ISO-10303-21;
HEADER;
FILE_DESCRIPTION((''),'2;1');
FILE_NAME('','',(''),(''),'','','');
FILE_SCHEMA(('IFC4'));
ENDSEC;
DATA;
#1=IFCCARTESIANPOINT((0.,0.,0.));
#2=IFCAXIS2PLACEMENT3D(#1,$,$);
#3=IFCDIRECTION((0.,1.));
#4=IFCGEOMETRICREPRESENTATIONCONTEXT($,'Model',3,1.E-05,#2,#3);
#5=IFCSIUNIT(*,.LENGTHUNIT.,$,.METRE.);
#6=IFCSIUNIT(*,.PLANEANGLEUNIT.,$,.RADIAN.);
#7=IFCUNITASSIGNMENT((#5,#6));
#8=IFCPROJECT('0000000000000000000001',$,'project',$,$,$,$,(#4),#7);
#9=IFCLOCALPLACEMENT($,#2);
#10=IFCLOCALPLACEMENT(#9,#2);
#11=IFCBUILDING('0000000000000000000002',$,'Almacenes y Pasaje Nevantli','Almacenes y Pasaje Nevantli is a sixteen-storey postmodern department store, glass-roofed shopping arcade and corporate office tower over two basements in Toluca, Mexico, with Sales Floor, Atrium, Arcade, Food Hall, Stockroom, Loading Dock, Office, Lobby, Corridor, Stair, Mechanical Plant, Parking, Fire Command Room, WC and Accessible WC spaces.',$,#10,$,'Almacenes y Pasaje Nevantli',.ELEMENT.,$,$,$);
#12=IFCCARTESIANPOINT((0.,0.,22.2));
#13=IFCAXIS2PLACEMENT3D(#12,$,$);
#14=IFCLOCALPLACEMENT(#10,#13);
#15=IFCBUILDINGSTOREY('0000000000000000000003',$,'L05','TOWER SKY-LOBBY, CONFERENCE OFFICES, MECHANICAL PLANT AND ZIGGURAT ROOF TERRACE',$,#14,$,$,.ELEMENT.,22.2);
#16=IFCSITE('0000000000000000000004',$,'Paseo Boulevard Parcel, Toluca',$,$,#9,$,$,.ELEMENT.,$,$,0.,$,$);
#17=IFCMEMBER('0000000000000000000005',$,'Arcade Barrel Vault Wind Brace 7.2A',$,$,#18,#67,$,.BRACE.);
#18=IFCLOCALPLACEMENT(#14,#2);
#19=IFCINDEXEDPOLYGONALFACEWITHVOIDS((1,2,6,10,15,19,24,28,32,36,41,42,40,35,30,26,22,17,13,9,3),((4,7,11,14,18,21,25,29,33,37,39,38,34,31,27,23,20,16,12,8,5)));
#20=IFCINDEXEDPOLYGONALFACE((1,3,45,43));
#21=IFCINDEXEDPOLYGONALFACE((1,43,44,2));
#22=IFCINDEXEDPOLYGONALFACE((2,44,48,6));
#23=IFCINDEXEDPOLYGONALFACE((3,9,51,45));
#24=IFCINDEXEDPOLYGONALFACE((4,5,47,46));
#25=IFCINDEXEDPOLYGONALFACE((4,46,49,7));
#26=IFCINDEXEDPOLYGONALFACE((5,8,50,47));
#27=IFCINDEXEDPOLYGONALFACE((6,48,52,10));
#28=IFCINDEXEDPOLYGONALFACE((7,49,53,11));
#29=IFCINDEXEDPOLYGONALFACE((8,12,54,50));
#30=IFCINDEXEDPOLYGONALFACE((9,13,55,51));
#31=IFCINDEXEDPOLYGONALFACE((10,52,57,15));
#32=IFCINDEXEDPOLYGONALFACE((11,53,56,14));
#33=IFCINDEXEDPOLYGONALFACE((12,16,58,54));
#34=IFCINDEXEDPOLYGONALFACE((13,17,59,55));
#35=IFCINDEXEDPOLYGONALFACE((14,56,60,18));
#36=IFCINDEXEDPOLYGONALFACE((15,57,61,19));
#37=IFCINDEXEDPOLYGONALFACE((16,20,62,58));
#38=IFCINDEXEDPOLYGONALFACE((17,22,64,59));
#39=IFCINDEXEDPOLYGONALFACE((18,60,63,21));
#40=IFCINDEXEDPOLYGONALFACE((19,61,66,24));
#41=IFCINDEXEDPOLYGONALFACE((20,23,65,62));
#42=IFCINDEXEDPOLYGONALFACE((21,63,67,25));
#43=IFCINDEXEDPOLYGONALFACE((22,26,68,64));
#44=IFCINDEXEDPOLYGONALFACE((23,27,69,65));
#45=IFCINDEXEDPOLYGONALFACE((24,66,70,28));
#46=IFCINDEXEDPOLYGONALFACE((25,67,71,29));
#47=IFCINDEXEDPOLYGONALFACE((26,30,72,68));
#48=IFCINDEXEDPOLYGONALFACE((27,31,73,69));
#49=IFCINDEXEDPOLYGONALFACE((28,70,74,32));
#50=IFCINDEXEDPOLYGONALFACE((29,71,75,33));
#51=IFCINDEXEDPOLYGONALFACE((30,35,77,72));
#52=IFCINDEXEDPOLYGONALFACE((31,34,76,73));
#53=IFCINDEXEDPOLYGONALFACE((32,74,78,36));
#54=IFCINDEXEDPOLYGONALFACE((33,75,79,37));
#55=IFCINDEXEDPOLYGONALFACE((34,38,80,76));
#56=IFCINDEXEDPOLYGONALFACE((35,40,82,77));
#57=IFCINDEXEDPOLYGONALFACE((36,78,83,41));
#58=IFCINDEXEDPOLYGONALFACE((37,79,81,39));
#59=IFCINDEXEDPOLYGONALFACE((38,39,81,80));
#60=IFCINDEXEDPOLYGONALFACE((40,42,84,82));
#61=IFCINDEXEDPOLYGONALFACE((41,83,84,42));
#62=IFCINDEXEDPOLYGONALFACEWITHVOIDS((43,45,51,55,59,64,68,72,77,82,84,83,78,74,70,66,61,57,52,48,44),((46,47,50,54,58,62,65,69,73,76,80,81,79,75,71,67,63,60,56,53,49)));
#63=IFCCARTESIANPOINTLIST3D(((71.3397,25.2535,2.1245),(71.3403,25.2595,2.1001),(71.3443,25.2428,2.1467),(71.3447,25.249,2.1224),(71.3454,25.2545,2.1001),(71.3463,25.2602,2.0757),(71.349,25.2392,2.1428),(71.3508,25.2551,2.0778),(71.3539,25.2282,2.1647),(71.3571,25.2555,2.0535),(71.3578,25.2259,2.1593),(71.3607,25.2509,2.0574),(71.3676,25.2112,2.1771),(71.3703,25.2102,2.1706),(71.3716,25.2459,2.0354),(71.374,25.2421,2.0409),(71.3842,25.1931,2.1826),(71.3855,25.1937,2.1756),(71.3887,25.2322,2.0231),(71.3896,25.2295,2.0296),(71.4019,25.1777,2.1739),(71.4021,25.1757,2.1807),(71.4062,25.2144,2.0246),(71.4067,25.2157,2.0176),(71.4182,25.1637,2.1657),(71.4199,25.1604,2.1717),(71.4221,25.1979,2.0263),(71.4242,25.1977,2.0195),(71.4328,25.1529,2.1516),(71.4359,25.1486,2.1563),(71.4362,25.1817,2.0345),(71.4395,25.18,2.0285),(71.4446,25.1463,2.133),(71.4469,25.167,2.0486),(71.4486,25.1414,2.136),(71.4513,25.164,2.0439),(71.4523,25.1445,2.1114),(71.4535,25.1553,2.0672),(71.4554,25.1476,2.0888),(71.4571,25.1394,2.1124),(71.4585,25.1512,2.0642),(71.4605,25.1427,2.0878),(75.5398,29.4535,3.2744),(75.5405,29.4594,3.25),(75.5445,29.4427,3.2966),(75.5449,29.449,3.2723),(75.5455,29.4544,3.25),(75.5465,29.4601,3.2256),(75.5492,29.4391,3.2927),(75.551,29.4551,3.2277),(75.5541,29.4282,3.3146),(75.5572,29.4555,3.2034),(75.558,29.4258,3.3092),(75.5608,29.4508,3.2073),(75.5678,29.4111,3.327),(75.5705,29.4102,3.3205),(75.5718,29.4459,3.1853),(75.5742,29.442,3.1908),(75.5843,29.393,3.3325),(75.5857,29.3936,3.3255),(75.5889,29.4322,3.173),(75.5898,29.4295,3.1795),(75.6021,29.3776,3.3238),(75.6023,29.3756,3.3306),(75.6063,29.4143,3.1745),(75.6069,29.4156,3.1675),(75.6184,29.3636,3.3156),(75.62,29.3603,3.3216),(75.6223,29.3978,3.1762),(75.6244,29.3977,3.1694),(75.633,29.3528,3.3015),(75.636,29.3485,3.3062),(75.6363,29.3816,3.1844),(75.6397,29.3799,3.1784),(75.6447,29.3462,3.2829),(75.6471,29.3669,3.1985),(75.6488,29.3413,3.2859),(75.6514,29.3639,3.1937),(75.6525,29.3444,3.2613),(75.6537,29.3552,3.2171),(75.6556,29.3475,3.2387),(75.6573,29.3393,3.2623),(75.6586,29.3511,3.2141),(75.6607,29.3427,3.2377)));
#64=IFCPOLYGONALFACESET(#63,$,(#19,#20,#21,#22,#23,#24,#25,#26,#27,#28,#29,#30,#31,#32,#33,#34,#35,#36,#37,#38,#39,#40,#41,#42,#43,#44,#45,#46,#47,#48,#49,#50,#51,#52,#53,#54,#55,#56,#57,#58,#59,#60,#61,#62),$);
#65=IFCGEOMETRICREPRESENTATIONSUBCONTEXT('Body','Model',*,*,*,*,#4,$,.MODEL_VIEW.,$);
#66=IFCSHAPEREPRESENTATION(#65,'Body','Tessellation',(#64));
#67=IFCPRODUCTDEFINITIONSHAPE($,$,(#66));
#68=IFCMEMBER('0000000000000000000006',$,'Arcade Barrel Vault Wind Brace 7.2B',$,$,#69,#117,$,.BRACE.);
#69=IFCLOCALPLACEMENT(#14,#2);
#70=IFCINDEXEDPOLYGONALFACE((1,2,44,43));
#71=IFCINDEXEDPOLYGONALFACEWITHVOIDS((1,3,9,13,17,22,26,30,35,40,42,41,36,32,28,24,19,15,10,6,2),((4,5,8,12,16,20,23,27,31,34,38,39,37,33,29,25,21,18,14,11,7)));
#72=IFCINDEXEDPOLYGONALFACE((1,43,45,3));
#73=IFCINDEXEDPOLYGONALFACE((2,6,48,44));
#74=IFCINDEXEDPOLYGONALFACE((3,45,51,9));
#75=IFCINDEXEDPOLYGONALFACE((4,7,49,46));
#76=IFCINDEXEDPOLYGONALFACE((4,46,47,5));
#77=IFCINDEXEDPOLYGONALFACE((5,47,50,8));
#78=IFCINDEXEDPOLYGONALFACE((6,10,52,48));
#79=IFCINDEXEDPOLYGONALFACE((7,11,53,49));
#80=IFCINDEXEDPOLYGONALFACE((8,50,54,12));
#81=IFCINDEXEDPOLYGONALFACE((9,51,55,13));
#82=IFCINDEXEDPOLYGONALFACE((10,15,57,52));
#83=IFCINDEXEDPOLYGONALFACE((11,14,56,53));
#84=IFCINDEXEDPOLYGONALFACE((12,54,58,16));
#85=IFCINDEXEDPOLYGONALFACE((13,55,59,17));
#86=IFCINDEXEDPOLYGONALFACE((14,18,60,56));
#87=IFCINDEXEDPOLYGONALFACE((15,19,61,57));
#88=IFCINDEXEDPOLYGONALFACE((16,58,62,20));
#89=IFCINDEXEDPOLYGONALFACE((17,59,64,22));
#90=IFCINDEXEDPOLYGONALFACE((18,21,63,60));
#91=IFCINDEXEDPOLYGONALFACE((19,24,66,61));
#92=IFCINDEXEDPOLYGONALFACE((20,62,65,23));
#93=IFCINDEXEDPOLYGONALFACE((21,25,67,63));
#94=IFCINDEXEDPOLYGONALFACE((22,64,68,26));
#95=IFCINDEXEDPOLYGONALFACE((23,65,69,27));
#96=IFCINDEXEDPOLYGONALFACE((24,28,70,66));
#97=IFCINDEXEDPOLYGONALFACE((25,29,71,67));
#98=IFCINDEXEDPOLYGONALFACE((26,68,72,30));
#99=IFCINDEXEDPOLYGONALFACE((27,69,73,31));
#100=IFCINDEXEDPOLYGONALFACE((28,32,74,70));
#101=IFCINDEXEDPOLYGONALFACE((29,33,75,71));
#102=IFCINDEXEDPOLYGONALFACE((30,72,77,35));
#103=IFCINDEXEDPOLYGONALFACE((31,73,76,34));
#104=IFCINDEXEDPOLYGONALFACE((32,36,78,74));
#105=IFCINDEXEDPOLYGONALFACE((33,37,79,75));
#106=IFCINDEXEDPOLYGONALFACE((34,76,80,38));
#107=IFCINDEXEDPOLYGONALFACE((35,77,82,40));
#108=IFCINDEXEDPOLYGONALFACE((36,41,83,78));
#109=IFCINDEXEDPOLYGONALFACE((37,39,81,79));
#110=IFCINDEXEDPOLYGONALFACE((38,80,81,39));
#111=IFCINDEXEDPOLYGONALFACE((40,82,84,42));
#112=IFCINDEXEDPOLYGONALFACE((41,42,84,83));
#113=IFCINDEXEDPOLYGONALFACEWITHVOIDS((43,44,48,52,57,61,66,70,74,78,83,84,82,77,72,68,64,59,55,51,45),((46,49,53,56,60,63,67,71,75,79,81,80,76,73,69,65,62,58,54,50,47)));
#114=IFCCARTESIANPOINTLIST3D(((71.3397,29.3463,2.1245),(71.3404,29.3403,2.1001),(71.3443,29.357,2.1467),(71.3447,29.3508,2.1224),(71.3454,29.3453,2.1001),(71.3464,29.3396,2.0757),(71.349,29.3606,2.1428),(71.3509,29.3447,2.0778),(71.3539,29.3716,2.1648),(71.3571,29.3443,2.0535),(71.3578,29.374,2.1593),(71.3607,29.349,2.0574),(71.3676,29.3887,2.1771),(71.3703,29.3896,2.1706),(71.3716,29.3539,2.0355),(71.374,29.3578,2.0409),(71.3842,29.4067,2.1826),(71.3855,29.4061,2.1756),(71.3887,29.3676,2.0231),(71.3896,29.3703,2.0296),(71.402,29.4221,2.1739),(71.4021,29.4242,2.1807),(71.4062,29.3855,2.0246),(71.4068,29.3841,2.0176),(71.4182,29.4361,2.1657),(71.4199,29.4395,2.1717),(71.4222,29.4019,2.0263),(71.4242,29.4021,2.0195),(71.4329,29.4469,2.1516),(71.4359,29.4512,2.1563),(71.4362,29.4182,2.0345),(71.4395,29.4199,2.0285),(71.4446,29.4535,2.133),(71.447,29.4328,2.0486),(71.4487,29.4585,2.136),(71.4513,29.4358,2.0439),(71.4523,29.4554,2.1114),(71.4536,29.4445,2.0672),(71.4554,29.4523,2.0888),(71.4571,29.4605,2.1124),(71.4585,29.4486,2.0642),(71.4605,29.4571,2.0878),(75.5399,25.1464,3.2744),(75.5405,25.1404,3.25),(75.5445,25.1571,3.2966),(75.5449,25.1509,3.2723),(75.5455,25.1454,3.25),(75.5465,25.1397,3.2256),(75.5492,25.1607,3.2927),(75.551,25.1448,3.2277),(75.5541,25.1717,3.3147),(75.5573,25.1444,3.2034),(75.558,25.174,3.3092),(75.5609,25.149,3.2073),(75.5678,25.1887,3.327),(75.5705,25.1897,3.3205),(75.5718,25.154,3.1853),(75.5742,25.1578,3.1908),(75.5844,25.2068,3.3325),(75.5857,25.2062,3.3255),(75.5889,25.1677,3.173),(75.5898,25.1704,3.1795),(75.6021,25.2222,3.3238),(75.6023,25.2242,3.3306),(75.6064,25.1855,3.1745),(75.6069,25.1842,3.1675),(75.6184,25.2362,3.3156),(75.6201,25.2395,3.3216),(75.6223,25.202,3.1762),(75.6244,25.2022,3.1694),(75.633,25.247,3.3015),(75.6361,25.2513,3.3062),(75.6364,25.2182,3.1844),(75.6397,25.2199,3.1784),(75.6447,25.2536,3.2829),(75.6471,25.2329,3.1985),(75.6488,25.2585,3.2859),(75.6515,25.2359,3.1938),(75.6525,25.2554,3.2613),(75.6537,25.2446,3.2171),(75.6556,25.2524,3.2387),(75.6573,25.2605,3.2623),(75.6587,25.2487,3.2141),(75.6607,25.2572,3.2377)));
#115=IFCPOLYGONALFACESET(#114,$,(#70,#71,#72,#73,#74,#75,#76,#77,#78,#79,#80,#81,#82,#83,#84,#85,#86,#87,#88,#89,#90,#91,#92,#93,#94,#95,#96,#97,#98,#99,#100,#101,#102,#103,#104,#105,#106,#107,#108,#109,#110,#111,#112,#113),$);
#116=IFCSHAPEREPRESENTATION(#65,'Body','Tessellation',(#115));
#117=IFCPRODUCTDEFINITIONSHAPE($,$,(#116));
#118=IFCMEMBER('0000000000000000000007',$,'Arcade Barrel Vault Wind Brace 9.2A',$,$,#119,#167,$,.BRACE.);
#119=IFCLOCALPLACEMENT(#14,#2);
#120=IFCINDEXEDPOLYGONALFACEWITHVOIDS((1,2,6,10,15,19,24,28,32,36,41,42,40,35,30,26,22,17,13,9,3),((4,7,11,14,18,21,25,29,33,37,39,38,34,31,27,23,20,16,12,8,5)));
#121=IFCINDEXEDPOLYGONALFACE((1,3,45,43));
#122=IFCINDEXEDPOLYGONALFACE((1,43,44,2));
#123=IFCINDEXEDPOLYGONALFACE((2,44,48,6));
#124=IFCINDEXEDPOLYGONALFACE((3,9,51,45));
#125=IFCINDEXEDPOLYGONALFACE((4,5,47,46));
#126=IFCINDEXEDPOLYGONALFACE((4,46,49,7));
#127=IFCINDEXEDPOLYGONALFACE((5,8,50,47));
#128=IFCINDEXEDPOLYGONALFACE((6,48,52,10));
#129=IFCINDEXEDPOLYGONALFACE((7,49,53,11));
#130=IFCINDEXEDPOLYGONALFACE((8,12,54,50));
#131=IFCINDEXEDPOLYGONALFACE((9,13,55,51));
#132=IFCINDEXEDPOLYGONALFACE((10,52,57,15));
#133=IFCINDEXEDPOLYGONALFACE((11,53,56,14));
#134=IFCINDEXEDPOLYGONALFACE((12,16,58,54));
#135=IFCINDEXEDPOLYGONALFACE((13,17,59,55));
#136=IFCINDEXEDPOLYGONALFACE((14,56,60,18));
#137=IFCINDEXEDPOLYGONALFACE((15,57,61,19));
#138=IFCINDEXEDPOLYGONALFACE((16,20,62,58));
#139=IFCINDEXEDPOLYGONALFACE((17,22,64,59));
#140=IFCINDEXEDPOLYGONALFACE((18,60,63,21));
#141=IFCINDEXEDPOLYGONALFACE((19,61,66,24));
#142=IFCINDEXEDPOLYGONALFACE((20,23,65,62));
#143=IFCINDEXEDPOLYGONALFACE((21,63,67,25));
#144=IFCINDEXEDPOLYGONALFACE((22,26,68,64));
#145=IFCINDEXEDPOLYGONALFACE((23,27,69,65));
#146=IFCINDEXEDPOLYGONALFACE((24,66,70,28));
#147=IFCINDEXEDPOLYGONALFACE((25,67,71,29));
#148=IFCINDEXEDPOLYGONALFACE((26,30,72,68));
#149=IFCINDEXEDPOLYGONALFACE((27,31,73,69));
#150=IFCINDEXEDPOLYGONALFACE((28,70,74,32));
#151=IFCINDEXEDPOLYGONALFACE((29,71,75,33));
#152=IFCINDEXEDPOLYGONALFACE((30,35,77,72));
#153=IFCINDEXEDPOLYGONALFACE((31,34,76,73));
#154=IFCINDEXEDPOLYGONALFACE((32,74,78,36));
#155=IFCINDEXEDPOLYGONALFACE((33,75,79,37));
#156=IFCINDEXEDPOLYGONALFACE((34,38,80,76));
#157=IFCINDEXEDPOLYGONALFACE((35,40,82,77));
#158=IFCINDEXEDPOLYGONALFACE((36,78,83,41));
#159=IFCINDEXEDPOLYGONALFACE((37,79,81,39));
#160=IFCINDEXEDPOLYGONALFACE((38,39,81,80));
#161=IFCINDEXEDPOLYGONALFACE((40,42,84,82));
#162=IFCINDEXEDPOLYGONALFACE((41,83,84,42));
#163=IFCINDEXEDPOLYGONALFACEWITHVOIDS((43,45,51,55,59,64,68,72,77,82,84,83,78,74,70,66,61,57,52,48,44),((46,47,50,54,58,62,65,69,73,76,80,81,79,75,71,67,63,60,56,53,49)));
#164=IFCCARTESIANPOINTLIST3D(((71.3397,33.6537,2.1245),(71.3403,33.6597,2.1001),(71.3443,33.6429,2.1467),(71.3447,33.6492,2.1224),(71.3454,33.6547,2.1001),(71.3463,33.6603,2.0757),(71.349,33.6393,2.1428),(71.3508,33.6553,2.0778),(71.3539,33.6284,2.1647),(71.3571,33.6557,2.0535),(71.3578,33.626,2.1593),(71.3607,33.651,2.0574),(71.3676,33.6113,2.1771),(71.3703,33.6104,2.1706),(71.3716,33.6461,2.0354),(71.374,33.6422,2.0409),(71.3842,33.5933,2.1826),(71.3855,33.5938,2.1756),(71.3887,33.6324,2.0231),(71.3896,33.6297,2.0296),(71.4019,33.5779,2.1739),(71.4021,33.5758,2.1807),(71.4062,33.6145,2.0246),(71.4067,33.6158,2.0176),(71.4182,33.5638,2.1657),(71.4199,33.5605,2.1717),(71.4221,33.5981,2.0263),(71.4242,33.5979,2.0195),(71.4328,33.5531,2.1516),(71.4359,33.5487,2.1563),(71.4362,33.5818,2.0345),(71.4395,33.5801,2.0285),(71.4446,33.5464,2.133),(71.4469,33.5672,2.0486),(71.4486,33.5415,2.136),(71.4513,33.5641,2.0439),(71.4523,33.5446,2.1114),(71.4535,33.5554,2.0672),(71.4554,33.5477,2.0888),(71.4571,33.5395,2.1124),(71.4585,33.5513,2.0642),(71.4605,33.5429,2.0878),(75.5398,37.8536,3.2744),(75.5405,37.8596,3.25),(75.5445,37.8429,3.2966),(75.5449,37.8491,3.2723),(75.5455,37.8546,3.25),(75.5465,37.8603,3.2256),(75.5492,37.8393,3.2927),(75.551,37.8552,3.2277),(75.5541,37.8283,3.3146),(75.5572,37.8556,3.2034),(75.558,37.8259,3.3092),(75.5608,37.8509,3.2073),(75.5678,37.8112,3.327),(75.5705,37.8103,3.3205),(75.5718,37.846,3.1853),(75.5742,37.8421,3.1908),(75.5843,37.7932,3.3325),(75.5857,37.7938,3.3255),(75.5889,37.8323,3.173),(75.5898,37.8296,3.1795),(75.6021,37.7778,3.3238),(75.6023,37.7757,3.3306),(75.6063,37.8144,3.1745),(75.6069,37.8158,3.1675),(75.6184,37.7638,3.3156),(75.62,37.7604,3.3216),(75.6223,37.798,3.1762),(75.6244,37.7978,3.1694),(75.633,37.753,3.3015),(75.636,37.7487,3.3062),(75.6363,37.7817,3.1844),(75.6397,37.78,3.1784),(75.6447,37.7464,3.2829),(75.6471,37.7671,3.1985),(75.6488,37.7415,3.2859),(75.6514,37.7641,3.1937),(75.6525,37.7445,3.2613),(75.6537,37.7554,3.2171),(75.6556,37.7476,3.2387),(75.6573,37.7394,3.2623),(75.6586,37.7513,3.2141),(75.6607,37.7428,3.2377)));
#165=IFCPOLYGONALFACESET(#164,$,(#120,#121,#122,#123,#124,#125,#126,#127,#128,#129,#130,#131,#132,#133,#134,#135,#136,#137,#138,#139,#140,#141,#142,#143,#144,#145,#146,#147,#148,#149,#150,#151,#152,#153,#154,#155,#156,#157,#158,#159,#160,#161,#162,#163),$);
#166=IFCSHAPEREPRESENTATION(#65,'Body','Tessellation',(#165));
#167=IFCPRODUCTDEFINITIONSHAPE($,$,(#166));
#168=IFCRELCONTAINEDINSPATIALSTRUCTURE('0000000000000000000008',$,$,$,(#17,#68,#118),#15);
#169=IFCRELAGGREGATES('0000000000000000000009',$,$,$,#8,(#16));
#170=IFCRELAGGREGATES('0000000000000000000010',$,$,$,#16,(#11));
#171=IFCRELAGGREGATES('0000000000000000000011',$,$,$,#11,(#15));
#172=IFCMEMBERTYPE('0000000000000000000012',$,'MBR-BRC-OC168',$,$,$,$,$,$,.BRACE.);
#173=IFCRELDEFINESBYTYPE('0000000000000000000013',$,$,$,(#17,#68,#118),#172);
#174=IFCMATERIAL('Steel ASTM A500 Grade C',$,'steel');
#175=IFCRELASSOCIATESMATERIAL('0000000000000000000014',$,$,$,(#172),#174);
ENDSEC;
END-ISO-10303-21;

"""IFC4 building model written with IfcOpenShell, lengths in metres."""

from ifc_helpers import new_model, si_unit, direction, frame, origin, origin_2d, place, context, subcontext, project, spatial, hollow_circle, extrude, material, material_profile, profile_set, type_object, element, save


model = new_model("IFC4")

# Units and contexts
model_context = context("Model", 3, precision=1e-05, world=origin(), true_north=direction((0.0, 1.0)))
body_context = subcontext(model_context, "Body", "Model", "MODEL_VIEW")
ifc_project = project(units=[si_unit("LENGTHUNIT", "METRE"), si_unit("PLANEANGLEUNIT", "RADIAN")], contexts=[model_context])

# Site, building, storey
site_placement = place(None, origin())
site = spatial("IfcSite", under=ifc_project, at=site_placement, Name="Paseo Boulevard Parcel, Toluca", CompositionType="ELEMENT", RefElevation=0.0)
building_placement = place(site_placement, origin())
building = spatial("IfcBuilding", under=site, at=building_placement, Name="Almacenes y Pasaje Nevantli", Description="Almacenes y Pasaje Nevantli is a sixteen-storey postmodern department store, glass-roofed shopping arcade and corporate office tower over two basements in Toluca, Mexico, with Sales Floor, Atrium, Arcade, Food Hall, Stockroom, Loading Dock, Office, Lobby, Corridor, Stair, Mechanical Plant, Parking, Fire Command Room, WC and Accessible WC spaces.", LongName="Almacenes y Pasaje Nevantli", CompositionType="ELEMENT")
storey_placement = place(building_placement, frame((0.0, 0.0, 22.2)))
storey = spatial("IfcBuildingStorey", under=building, at=storey_placement, Name="L05", Description="TOWER SKY-LOBBY, CONFERENCE OFFICES, MECHANICAL PLANT AND ZIGGURAT ROOF TERRACE", CompositionType="ELEMENT", Elevation=22.2)

# Members
ifc_material_1 = material(Name="Steel ASTM A500 Grade C", Category="steel")
ifc_material_profile_1 = material_profile(ifc_material_1, hollow_circle(Radius=0.0842, WallThickness=0.0071, at=origin_2d()), Name="OC 168x7.1")
ifc_profile_set_1 = profile_set([ifc_material_profile_1], Name="Steel ASTM A500 Grade C")
member_type_1 = type_object("IfcMemberType", Name="MBR-BRC-OC168", PredefinedType="BRACE", material=ifc_profile_set_1)
for number, where, z_axis, x_axis, name in (
    (1, (71.3999, 25.2, 2.1001), (0.694238, 0.694197, 0.190064), (-0.707086, 0.707127, 0.0), "Arcade Barrel Vault Wind Brace 7.2A"),
    (2, (75.6001, 25.2, 3.25), (-0.694238, 0.694197, -0.190064), (-0.707086, -0.707127, 0.0), "Arcade Barrel Vault Wind Brace 7.2B"),
    (3, (71.3999, 33.6001, 2.1001), (0.694238, 0.694197, 0.190064), (-0.707086, 0.707127, 0.0), "Arcade Barrel Vault Wind Brace 9.2A"),
):
    element("IfcMember", number, at=place(storey_placement, frame(where, z_axis=z_axis, x_axis=x_axis)), inside=storey, type_object=member_type_1, Name=name, PredefinedType="BRACE", context=body_context, shape_type="SweptSolid", body=[
        extrude(hollow_circle(Radius=0.0842, WallThickness=0.0071, at=origin_2d()), origin(), (0.0, 0.0, 1.0), 6.05),
    ])

save(model, "model.ifc")
